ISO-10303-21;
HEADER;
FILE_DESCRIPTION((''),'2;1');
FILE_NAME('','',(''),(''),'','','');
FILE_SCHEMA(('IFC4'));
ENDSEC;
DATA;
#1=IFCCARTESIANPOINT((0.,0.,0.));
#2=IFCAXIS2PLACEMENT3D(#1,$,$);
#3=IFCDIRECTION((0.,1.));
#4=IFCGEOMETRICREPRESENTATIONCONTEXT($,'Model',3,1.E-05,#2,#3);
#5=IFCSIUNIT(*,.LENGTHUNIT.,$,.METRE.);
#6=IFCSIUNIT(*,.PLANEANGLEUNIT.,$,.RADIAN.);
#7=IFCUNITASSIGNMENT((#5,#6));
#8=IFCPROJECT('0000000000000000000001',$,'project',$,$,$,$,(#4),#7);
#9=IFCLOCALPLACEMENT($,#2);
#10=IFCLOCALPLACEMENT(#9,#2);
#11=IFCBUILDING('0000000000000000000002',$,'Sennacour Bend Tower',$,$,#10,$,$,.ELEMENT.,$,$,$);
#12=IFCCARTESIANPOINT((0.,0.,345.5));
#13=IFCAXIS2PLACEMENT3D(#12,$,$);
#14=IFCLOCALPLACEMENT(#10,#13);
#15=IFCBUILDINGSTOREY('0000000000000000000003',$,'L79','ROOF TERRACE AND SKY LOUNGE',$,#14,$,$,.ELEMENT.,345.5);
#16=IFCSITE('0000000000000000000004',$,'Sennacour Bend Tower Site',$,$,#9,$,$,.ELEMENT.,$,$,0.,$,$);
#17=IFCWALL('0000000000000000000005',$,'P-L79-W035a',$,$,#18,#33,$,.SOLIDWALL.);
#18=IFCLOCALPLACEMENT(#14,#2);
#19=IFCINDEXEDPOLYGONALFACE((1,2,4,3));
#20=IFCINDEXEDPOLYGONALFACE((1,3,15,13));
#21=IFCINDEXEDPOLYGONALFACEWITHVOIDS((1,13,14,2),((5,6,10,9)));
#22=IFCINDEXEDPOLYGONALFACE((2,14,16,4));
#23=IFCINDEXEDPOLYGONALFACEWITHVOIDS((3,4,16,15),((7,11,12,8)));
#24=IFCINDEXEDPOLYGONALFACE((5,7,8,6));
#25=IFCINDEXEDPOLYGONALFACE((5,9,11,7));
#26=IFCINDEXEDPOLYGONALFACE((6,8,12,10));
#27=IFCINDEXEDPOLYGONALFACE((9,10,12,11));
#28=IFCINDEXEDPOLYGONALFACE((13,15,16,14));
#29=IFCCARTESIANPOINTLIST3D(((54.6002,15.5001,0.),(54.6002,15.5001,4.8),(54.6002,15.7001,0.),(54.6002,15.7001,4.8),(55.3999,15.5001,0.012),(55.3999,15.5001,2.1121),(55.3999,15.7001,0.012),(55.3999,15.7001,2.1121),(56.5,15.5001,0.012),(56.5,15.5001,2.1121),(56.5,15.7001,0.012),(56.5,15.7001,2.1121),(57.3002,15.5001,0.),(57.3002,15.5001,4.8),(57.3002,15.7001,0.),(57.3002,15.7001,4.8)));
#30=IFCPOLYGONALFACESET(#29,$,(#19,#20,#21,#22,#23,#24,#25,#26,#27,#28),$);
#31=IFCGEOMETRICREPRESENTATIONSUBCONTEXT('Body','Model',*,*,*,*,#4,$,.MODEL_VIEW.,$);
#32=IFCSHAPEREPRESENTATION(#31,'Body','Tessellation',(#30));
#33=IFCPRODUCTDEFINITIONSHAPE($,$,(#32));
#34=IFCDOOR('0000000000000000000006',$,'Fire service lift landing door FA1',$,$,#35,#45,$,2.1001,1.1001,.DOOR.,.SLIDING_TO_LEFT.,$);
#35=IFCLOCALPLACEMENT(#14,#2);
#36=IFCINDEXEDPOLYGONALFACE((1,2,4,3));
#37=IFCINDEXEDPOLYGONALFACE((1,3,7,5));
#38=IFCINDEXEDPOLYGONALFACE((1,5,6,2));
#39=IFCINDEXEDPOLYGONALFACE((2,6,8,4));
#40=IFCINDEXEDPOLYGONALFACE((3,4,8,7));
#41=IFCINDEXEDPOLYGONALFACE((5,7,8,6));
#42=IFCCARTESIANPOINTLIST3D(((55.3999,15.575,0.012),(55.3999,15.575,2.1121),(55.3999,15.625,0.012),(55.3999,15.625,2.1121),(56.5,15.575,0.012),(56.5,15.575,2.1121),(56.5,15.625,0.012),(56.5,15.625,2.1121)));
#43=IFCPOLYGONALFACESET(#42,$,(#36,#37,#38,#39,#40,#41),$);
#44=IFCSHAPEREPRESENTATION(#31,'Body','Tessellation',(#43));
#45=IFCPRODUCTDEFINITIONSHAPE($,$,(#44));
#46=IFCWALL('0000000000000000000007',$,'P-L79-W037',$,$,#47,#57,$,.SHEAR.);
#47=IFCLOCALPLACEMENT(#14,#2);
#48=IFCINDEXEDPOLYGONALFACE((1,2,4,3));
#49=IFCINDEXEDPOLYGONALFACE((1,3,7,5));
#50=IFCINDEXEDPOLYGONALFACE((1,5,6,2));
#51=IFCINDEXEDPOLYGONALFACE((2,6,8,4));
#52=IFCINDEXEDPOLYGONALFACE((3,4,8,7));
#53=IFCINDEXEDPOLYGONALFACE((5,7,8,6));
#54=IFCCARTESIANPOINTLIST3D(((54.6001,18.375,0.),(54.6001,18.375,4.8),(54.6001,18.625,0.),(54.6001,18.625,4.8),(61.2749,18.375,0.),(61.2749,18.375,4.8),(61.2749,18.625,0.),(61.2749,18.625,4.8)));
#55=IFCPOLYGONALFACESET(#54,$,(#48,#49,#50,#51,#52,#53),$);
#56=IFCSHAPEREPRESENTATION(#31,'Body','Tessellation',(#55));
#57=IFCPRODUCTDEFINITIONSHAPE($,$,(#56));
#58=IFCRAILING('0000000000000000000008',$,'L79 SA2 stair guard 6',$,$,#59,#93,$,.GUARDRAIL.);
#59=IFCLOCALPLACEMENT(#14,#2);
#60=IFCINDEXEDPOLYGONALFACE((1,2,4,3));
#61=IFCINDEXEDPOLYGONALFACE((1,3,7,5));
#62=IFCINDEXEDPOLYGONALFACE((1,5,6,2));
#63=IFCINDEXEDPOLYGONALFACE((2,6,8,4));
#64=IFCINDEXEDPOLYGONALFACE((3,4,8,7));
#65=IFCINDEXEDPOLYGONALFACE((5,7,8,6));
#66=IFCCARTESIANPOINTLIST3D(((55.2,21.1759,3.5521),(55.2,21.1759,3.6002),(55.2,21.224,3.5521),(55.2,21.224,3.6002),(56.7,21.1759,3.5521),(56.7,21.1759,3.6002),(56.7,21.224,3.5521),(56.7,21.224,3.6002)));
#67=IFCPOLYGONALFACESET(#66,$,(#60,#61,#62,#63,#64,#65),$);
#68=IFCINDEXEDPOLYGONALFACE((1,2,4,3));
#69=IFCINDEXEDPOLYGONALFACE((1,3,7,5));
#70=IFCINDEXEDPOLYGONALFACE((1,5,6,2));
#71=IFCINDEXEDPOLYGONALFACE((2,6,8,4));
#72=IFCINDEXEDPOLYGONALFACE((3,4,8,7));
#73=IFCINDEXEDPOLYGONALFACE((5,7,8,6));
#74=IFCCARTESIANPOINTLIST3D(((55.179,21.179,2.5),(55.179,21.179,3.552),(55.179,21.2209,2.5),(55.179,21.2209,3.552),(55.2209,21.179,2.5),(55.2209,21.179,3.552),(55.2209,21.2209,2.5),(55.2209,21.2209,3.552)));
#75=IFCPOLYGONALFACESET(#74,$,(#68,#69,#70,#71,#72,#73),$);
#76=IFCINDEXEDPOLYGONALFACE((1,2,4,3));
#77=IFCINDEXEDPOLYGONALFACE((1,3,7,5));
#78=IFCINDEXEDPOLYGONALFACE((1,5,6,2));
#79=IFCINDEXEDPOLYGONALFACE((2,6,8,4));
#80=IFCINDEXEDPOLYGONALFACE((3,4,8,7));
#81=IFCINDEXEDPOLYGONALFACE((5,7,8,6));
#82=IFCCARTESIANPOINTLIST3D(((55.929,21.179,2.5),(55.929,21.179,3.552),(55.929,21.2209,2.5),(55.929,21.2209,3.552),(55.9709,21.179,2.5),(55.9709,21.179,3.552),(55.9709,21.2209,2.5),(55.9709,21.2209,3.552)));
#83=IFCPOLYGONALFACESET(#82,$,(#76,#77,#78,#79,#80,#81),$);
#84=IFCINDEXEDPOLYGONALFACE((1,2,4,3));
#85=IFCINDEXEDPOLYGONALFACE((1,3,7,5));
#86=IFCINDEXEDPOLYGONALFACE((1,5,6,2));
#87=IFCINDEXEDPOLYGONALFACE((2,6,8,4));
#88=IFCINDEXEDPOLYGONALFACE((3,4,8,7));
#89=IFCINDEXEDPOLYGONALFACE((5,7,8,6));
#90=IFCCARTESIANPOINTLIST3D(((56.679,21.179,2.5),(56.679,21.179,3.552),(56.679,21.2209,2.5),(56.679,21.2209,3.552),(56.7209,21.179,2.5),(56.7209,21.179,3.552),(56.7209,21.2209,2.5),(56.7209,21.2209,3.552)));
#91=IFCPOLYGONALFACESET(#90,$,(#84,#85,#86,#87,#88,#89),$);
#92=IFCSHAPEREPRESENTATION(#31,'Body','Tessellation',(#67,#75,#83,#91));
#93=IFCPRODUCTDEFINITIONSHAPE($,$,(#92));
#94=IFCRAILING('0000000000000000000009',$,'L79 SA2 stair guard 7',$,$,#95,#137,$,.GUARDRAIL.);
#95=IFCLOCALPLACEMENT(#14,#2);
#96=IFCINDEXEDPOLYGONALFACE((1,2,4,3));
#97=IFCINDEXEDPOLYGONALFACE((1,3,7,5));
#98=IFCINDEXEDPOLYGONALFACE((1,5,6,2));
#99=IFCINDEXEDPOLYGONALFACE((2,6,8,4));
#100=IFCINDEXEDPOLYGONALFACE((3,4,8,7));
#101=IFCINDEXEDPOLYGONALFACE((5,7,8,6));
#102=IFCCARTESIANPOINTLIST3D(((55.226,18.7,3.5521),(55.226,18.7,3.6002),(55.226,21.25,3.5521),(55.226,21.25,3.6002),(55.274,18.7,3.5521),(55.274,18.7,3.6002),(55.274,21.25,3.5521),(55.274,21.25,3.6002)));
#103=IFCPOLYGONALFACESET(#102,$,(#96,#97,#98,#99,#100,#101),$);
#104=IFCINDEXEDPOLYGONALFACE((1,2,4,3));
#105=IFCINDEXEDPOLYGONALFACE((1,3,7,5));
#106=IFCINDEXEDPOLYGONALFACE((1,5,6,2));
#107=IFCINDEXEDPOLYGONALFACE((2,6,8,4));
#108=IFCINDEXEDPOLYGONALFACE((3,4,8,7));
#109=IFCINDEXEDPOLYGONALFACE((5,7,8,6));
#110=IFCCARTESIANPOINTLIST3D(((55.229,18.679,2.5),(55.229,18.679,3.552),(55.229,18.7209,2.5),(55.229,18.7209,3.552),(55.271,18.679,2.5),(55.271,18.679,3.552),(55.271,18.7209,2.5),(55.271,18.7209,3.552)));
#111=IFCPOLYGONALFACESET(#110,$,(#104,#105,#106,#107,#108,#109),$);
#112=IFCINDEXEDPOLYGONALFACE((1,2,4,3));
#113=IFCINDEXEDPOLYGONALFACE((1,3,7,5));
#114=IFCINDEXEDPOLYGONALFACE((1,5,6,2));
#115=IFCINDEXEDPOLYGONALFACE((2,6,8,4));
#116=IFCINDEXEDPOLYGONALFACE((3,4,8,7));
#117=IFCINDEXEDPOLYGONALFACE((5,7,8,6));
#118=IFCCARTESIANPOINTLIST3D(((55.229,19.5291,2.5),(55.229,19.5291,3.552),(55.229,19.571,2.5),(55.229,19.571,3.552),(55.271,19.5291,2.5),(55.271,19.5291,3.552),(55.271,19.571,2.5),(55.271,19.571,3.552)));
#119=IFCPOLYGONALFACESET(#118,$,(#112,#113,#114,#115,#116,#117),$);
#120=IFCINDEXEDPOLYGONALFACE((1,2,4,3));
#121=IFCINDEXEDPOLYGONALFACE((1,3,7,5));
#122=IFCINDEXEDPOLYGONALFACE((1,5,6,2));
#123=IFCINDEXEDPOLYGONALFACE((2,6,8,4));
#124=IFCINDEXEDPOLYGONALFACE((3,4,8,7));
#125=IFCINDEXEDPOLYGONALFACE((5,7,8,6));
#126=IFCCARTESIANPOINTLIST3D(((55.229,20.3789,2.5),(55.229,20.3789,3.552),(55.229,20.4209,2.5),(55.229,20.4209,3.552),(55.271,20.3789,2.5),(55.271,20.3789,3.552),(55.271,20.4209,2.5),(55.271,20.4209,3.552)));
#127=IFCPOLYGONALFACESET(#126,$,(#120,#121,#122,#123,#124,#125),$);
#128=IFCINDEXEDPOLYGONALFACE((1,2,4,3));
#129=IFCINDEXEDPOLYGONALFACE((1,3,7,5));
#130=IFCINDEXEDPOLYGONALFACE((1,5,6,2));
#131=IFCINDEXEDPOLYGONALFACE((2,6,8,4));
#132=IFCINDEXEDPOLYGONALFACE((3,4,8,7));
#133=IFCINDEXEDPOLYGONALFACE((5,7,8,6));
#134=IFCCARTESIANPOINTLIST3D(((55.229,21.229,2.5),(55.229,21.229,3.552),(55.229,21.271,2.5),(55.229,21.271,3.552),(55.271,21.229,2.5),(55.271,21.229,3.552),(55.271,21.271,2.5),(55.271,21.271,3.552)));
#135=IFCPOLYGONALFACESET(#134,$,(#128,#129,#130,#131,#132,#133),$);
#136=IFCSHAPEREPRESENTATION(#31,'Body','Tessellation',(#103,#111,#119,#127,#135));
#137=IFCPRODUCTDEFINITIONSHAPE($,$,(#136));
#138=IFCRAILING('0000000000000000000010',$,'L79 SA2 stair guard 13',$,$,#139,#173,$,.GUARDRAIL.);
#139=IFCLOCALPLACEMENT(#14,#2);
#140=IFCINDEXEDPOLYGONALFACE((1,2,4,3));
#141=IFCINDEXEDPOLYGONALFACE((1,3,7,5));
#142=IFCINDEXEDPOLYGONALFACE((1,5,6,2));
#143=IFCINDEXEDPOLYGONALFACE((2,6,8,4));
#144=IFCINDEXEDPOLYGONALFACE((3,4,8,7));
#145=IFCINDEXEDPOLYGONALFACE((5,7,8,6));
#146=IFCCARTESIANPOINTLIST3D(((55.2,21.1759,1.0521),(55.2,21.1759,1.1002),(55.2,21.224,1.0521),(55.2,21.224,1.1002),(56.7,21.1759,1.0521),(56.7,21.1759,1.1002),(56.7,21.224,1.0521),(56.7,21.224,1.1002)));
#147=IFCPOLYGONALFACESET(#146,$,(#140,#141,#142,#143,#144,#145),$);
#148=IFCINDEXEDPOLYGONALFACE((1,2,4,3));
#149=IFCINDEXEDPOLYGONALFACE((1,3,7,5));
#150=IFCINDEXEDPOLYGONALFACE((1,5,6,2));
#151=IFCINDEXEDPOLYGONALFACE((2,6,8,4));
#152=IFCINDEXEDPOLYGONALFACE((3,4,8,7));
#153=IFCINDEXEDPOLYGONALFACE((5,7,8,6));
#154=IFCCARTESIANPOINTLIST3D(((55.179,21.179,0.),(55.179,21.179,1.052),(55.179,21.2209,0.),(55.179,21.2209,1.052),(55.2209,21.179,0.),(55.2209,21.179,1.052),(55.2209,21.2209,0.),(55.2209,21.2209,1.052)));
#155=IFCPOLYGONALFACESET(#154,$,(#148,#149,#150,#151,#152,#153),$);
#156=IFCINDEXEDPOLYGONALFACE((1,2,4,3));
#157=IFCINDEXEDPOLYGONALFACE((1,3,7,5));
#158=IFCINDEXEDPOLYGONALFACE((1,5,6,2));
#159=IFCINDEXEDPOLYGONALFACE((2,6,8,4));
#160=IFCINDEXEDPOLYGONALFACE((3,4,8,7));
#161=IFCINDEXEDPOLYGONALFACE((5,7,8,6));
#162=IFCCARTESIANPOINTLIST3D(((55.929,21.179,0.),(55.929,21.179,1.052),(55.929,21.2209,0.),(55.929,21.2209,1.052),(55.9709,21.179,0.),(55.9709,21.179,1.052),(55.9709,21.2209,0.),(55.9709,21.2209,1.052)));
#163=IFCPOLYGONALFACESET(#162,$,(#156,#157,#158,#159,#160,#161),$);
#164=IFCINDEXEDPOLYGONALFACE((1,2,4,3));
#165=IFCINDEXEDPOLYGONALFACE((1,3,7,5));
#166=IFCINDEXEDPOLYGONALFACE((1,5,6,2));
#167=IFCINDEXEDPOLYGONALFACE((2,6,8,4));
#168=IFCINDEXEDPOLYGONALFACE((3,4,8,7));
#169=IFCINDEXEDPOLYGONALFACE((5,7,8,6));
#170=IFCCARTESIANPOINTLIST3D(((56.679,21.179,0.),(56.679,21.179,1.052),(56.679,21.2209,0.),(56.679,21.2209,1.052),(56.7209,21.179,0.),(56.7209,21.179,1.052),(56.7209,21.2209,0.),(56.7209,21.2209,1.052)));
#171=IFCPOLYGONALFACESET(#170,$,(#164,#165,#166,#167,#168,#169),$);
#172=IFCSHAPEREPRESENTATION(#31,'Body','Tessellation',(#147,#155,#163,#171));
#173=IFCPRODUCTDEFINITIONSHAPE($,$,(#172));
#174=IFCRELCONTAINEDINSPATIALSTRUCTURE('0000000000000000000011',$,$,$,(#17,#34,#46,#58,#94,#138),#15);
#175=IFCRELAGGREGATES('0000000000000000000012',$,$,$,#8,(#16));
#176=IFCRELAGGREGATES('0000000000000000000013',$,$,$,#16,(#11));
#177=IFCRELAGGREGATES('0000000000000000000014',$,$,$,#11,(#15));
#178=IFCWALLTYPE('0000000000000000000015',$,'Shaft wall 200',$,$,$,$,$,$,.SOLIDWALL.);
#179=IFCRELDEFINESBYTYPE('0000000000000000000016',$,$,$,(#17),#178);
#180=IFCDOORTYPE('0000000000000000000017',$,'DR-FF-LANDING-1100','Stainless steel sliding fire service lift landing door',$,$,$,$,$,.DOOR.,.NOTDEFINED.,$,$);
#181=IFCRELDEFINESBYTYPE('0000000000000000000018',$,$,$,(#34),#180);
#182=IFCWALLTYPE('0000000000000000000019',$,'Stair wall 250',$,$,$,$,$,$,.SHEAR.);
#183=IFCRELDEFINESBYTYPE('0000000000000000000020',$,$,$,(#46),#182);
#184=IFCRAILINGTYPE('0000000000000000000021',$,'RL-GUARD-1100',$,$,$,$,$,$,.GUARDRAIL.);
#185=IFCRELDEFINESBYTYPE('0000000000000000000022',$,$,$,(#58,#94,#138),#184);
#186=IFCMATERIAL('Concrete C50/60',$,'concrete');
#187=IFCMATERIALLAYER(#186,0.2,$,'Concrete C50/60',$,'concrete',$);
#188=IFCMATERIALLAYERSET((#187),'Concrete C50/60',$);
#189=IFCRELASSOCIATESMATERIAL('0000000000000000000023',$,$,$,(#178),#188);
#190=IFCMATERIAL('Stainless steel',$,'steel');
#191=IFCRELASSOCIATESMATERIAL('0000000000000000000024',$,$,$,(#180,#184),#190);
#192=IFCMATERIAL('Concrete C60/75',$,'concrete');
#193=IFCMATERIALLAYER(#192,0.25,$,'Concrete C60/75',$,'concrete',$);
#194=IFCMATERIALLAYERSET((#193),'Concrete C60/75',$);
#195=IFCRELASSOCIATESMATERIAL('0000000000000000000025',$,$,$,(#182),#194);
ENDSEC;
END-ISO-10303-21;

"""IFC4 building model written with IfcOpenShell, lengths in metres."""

from ifc_helpers import new_model, si_unit, direction, frame, frame_2d, origin, origin_2d, place, context, subcontext, project, spatial, rectangle, extrude, material, layer, layer_set, type_object, element, fill, save


model = new_model("IFC4")

# Units and contexts
model_context = context("Model", 3, precision=1e-05, world=origin(), true_north=direction((0.0, 1.0)))
body_context = subcontext(model_context, "Body", "Model", "MODEL_VIEW")
ifc_project = project(units=[si_unit("LENGTHUNIT", "METRE"), si_unit("PLANEANGLEUNIT", "RADIAN")], contexts=[model_context])

# Site, building, storey
site_placement = place(None, origin())
site = spatial("IfcSite", under=ifc_project, at=site_placement, Name="Sennacour Bend Tower Site", CompositionType="ELEMENT", RefElevation=0.0)
building_placement = place(site_placement, origin())
building = spatial("IfcBuilding", under=site, at=building_placement, Name="Sennacour Bend Tower", CompositionType="ELEMENT")
storey_placement = place(building_placement, frame((0.0, 0.0, 345.5)))
storey = spatial("IfcBuildingStorey", under=building, at=storey_placement, Name="L79", Description="ROOF TERRACE AND SKY LOUNGE", CompositionType="ELEMENT", Elevation=345.5)

# Shared definitions
ifc_material_1 = material(Name="Concrete C50/60", Category="concrete")
ifc_layer_1 = layer(ifc_material_1, 0.2, Name="Concrete C50/60", Category="concrete")
ifc_layer_set_1 = layer_set([ifc_layer_1], Name="Concrete C50/60")
wall_type_1 = type_object("IfcWallType", Name="Shaft wall 200", PredefinedType="SOLIDWALL", material=ifc_layer_set_1)
ifc_material_2 = material(Name="Stainless steel", Category="steel")

# Wall, opening, door
wall_1_placement = place(storey_placement, frame((54.6001, 15.6001, 0.0), z_axis=(0.0, 0.0, 1.0), x_axis=(1.0, 0.0, 0.0)))
wall_1 = element("IfcWall", 1, at=wall_1_placement, inside=storey, type_object=wall_type_1, Name="P-L79-W035a", PredefinedType="SOLIDWALL", context=body_context, shape_type="SweptSolid", body=[
    extrude(rectangle(XDim=2.7, YDim=0.2, at=frame_2d((1.3501, 0.0))), origin(), (0.0, 0.0, 1.0), 4.8),
])
opening_1_placement = place(wall_1_placement, frame((0.7998, 0.0, 0.012)))
opening_1 = element("IfcOpeningElement", 2, at=opening_1_placement, cuts=wall_1, PredefinedType="OPENING", context=body_context, shape_type="SweptSolid", body=[
    extrude(rectangle(XDim=1.1001, YDim=2.1001, at=frame_2d((0.55, 1.05))), frame((0.0, 0.1099, 0.0), z_axis=(0.0, -1.0, 0.0), x_axis=(1.0, 0.0, 0.0)), (0.0, 0.0, 1.0), 0.22),
])
door_type_1 = type_object("IfcDoorType", Name="DR-FF-LANDING-1100", Description="Stainless steel sliding fire service lift landing door", OperationType="NOTDEFINED", PredefinedType="DOOR", material=ifc_material_2)
door_1_placement = place(opening_1_placement, origin())
door_1 = element("IfcDoor", 3, at=door_1_placement, inside=storey, type_object=door_type_1, Name="Fire service lift landing door FA1", OperationType="SLIDING_TO_LEFT", OverallHeight=2.1001, OverallWidth=1.1001, PredefinedType="DOOR", context=body_context, shape_type="SweptSolid", body=[
    extrude(rectangle(XDim=1.1001, YDim=2.1001, at=frame_2d((0.55, 1.05))), frame((0.0, 0.0249, 0.0), z_axis=(0.0, -1.0, 0.0), x_axis=(1.0, 0.0, 0.0)), (0.0, 0.0, 1.0), 0.05),
])
fill(opening_1, door_1)

# Wall
ifc_material_3 = material(Name="Concrete C60/75", Category="concrete")
ifc_layer_2 = layer(ifc_material_3, 0.25, Name="Concrete C60/75", Category="concrete")
ifc_layer_set_2 = layer_set([ifc_layer_2], Name="Concrete C60/75")
wall_type_2 = type_object("IfcWallType", Name="Stair wall 250", PredefinedType="SHEAR", material=ifc_layer_set_2)
wall_2_placement = place(storey_placement, frame((54.6001, 18.5, 0.0), z_axis=(0.0, 0.0, 1.0), x_axis=(1.0, 0.0, 0.0)))
element("IfcWall", 4, at=wall_2_placement, inside=storey, type_object=wall_type_2, Name="P-L79-W037", PredefinedType="SHEAR", context=body_context, shape_type="SweptSolid", body=[
    extrude(rectangle(XDim=6.6748, YDim=0.25, at=frame_2d((3.3374, 0.0))), origin(), (0.0, 0.0, 1.0), 4.8),
])

# Railings
railing_type = type_object("IfcRailingType", Name="RL-GUARD-1100", PredefinedType="GUARDRAIL", material=ifc_material_2)
railing_1_placement = place(storey_placement, frame((55.2, 21.2, 2.5)))
element("IfcRailing", 5, at=railing_1_placement, inside=storey, type_object=railing_type, Name="L79 SA2 stair guard 6", PredefinedType="GUARDRAIL", context=body_context, shape_type="SweptSolid", body=[
    extrude(rectangle(XDim=0.0481, YDim=0.0481, at=origin_2d()), frame((0.0, 0.0, 1.0762), z_axis=(1.0, 0.0, 0.0), x_axis=(0.0, 1.0, 0.0)), (0.0, 0.0, 1.0), 1.5),
    extrude(rectangle(XDim=0.042, YDim=0.042, at=origin_2d()), origin(), (0.0, 0.0, 1.0), 1.052),
    extrude(rectangle(XDim=0.042, YDim=0.042, at=origin_2d()), frame((0.75, 0.0, 0.0)), (0.0, 0.0, 1.0), 1.052),
    extrude(rectangle(XDim=0.042, YDim=0.042, at=origin_2d()), frame((1.5, 0.0, 0.0)), (0.0, 0.0, 1.0), 1.052),
])
railing_2_placement = place(storey_placement, frame((55.25, 18.7, 2.5)))
element("IfcRailing", 6, at=railing_2_placement, inside=storey, type_object=railing_type, Name="L79 SA2 stair guard 7", PredefinedType="GUARDRAIL", context=body_context, shape_type="SweptSolid", body=[
    extrude(rectangle(XDim=0.0481, YDim=0.0481, at=origin_2d()), frame((0.0, 0.0, 1.0762), z_axis=(0.0, 1.0, 0.0), x_axis=(-1.0, 0.0, 0.0)), (0.0, 0.0, 1.0), 2.55),
    extrude(rectangle(XDim=0.042, YDim=0.042, at=origin_2d()), origin(), (0.0, 0.0, 1.0), 1.052),
    extrude(rectangle(XDim=0.042, YDim=0.042, at=origin_2d()), frame((0.0, 0.8501, 0.0)), (0.0, 0.0, 1.0), 1.052),
    extrude(rectangle(XDim=0.042, YDim=0.042, at=origin_2d()), frame((0.0, 1.7, 0.0)), (0.0, 0.0, 1.0), 1.052),
    extrude(rectangle(XDim=0.042, YDim=0.042, at=origin_2d()), frame((0.0, 2.55, 0.0)), (0.0, 0.0, 1.0), 1.052),
])
railing_3_placement = place(storey_placement, frame((55.2, 21.2, 0.0)))
element("IfcRailing", 7, at=railing_3_placement, inside=storey, type_object=railing_type, Name="L79 SA2 stair guard 13", PredefinedType="GUARDRAIL", context=body_context, shape_type="SweptSolid", body=[
    extrude(rectangle(XDim=0.0481, YDim=0.0481, at=origin_2d()), frame((0.0, 0.0, 1.0762), z_axis=(1.0, 0.0, 0.0), x_axis=(0.0, 1.0, 0.0)), (0.0, 0.0, 1.0), 1.5),
    extrude(rectangle(XDim=0.042, YDim=0.042, at=origin_2d()), origin(), (0.0, 0.0, 1.0), 1.052),
    extrude(rectangle(XDim=0.042, YDim=0.042, at=origin_2d()), frame((0.75, 0.0, 0.0)), (0.0, 0.0, 1.0), 1.052),
    extrude(rectangle(XDim=0.042, YDim=0.042, at=origin_2d()), frame((1.5, 0.0, 0.0)), (0.0, 0.0, 1.0), 1.052),
])

save(model, "model.ifc")
